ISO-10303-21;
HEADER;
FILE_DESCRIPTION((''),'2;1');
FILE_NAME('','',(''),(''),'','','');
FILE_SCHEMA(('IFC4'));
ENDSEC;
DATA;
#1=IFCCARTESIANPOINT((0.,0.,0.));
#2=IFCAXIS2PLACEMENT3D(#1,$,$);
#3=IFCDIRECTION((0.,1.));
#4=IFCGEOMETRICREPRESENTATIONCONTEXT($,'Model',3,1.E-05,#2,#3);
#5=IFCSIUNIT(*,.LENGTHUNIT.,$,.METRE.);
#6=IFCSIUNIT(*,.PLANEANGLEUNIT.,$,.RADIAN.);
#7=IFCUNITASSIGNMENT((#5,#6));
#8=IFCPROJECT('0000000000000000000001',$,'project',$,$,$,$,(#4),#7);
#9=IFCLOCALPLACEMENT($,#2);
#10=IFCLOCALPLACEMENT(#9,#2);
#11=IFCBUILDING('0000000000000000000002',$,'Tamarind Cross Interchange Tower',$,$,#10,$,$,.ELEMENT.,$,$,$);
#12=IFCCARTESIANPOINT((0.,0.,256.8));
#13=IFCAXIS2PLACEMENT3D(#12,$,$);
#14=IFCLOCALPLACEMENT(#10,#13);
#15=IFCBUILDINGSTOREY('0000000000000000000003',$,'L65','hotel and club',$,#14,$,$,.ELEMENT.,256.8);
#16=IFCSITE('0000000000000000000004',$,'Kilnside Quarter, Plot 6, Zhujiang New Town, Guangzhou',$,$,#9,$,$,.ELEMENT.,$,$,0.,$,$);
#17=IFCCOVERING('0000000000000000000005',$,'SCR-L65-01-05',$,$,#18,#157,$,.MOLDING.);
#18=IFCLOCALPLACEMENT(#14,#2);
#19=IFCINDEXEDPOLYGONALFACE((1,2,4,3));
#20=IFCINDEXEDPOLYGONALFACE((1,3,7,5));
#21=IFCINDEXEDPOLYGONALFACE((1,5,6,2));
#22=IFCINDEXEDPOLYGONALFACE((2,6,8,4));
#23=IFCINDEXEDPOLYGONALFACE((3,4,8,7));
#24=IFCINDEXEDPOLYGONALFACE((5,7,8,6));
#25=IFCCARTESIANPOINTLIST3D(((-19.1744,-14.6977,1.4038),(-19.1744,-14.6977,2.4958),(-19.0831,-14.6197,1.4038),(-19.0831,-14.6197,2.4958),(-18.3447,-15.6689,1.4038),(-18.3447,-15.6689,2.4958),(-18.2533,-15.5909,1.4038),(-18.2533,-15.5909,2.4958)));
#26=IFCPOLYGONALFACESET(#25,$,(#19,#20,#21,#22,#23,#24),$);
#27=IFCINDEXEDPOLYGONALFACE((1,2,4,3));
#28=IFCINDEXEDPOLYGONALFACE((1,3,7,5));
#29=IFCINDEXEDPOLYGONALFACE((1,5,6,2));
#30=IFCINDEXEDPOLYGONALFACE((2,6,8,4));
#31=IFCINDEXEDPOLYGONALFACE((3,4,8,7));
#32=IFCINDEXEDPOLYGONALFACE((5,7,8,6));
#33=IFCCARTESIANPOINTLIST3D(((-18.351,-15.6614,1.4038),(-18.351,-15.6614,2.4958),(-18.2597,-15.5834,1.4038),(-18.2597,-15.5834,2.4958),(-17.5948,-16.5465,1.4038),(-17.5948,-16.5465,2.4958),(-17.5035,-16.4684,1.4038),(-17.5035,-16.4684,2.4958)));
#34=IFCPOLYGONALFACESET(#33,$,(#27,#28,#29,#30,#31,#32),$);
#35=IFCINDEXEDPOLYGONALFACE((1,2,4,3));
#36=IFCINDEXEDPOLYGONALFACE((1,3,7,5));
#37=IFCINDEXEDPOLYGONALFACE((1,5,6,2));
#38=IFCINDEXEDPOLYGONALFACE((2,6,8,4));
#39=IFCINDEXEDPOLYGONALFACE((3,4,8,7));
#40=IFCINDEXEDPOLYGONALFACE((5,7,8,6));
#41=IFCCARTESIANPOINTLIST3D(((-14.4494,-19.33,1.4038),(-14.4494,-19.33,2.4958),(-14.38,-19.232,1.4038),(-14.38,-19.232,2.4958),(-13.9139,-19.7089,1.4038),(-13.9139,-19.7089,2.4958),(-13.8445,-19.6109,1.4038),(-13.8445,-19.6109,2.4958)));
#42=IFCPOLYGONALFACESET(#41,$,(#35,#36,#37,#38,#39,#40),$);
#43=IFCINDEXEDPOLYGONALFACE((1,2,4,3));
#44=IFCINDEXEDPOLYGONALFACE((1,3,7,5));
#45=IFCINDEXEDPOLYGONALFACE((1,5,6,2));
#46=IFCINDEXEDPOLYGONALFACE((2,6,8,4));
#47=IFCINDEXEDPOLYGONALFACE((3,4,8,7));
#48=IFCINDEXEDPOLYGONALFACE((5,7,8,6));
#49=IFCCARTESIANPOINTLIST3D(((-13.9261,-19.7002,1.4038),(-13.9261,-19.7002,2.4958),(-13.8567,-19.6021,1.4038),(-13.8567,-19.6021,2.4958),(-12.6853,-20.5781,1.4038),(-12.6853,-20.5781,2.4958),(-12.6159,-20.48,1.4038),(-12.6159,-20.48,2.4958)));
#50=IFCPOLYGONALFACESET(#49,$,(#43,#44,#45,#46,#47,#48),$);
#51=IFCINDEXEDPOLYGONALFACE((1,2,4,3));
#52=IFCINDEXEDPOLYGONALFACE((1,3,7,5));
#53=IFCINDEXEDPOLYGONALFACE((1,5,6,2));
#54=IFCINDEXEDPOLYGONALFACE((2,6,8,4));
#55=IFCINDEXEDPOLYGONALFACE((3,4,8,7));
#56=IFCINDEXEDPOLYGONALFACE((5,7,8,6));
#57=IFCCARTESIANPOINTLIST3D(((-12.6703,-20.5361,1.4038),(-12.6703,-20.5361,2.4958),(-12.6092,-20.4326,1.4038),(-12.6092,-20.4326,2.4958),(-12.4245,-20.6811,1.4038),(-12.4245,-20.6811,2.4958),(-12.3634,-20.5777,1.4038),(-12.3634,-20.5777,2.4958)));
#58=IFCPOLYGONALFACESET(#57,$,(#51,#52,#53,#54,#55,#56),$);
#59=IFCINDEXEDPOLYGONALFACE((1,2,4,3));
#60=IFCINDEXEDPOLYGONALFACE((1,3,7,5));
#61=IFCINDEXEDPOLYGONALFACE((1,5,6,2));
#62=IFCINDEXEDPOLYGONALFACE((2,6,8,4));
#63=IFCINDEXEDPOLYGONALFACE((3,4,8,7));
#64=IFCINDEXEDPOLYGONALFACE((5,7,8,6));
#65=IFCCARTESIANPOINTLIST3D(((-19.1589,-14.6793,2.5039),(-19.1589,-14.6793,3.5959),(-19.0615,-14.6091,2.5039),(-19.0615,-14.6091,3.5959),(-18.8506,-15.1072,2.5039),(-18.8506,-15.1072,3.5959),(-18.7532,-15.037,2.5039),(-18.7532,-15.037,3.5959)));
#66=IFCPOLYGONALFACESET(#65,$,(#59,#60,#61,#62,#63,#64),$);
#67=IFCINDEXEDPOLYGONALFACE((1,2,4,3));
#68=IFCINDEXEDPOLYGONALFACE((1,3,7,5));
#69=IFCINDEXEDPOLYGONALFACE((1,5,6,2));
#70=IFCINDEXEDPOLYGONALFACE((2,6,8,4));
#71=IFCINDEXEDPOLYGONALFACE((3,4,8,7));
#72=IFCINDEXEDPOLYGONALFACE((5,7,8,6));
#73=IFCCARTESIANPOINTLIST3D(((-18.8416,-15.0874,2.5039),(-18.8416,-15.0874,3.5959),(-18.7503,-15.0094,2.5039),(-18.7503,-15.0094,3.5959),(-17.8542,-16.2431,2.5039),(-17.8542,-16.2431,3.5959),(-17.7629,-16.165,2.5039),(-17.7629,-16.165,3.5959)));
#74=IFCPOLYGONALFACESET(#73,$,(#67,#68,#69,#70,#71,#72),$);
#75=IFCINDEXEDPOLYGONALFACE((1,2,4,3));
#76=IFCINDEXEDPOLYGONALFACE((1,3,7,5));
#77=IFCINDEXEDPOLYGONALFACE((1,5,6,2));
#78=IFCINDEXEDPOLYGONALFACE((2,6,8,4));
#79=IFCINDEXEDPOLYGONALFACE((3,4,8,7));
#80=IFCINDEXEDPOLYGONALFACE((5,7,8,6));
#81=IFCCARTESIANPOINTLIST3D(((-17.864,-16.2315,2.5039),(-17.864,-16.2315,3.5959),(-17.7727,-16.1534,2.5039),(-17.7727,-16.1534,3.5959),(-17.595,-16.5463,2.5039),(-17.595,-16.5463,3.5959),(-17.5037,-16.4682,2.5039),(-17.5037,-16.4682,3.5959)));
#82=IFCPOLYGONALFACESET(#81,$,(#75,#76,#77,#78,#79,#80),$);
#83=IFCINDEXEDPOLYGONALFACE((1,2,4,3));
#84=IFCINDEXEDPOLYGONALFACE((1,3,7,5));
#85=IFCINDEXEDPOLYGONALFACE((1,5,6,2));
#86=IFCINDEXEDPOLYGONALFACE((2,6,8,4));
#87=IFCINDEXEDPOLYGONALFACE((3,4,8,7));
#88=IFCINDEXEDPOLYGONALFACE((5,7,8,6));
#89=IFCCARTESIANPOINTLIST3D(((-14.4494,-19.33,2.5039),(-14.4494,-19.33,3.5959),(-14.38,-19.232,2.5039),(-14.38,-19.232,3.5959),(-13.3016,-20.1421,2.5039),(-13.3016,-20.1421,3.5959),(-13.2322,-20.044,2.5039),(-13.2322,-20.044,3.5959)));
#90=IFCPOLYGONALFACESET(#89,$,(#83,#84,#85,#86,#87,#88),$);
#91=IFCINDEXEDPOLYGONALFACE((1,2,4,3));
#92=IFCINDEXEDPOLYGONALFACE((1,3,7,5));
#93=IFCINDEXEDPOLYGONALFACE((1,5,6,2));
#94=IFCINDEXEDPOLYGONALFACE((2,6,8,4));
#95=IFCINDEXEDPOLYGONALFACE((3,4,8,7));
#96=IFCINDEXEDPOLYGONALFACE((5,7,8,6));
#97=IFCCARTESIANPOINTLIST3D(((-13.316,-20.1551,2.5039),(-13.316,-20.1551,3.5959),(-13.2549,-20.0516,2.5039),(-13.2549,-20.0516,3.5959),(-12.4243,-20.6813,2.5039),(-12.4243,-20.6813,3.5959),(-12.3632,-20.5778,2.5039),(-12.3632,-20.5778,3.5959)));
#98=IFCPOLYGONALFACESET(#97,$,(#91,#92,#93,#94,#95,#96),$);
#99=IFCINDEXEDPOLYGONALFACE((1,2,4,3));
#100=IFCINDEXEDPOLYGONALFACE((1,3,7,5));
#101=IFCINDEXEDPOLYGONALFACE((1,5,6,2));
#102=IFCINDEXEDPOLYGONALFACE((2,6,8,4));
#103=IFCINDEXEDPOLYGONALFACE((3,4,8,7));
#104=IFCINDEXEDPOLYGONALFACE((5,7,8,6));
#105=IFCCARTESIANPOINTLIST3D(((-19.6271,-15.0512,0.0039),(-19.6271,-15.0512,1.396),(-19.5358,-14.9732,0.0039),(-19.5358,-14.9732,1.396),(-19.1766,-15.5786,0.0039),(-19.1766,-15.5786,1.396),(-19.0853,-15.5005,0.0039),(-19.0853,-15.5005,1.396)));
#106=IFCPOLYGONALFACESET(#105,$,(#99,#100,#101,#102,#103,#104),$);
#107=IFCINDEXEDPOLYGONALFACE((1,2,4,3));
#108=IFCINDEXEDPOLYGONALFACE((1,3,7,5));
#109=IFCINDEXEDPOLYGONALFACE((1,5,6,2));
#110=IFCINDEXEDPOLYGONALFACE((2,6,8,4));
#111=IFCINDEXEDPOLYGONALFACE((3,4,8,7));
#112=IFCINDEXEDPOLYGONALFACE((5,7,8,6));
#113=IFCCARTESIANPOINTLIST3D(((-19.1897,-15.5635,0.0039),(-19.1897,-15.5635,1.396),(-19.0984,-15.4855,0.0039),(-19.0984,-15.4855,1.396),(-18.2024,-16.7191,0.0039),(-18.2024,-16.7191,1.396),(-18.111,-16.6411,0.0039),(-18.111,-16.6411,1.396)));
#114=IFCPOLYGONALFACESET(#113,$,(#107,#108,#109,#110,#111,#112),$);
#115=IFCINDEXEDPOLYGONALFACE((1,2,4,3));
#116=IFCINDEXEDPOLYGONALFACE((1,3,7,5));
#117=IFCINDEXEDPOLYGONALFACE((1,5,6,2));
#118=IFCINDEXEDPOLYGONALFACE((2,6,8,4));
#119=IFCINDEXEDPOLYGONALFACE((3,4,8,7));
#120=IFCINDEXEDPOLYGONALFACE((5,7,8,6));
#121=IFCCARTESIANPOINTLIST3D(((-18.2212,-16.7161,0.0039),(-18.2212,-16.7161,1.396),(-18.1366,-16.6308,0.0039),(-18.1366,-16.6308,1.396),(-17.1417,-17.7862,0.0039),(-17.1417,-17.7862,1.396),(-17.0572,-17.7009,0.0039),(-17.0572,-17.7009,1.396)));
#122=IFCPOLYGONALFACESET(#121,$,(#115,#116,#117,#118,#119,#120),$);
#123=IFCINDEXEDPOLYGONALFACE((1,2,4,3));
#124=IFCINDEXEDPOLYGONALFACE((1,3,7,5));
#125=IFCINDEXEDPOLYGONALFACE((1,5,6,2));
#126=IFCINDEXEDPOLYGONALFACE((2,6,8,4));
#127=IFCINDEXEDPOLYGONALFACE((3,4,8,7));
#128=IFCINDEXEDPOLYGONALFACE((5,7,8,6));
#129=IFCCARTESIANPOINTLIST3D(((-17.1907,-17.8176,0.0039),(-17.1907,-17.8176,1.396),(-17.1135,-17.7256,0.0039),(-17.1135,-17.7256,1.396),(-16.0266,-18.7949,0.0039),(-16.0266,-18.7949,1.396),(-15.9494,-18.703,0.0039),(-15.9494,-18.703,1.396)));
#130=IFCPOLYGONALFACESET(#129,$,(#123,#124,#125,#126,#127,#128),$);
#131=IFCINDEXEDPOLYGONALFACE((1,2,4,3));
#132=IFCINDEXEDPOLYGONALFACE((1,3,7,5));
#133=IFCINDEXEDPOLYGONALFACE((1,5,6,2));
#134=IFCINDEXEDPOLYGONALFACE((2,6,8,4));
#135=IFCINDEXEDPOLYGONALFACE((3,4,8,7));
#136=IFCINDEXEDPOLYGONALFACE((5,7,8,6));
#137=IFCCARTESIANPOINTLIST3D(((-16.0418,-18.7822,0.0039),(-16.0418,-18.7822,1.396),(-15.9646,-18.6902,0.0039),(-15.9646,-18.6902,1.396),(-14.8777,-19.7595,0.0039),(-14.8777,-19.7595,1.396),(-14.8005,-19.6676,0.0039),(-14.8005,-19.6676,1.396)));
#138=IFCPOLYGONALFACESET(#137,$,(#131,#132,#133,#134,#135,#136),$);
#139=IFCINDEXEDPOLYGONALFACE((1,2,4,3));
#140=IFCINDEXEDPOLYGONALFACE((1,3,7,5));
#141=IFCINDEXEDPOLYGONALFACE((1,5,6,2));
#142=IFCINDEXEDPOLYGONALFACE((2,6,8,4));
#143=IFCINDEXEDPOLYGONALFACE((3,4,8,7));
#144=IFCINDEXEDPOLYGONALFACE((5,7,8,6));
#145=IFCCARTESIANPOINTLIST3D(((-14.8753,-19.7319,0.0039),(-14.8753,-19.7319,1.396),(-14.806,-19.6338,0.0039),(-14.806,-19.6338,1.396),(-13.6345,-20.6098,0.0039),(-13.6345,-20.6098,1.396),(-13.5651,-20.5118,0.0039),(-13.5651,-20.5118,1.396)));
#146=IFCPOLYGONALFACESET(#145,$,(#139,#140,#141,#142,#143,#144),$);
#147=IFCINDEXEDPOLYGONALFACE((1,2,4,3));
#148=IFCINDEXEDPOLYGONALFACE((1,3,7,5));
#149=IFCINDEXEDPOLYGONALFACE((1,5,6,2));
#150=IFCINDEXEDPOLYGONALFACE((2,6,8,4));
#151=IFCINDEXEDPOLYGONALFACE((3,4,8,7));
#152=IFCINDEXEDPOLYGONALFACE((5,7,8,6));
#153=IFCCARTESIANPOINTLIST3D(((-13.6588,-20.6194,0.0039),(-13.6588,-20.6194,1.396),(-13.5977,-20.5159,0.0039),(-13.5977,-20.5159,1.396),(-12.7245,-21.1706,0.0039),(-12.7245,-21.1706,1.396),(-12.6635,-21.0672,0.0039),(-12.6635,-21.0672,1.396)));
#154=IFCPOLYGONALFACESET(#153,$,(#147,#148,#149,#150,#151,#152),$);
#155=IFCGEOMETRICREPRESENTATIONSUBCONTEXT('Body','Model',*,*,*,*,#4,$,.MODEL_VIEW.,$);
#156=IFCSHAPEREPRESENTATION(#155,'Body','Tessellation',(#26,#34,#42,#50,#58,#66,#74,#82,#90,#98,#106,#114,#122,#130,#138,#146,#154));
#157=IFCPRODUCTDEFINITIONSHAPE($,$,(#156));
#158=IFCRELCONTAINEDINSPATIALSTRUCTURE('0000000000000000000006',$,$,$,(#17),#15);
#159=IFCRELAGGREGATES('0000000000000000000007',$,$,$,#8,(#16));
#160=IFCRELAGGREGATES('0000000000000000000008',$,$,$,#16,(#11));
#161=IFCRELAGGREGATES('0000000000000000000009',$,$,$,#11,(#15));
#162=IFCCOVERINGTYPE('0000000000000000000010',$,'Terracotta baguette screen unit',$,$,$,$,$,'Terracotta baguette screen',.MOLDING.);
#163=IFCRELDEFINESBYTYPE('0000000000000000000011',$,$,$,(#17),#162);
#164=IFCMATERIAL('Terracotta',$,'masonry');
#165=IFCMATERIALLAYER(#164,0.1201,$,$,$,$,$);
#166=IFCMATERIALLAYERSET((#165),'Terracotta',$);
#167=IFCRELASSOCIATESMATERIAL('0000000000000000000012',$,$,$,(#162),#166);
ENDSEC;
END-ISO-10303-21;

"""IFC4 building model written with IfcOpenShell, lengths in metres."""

from ifc_helpers import new_model, si_unit, direction, frame, origin, origin_2d, place, context, subcontext, project, spatial, rectangle, extrude, material, layer, layer_set, type_object, element, save


model = new_model("IFC4")

# Units and contexts
model_context = context("Model", 3, precision=1e-05, world=origin(), true_north=direction((0.0, 1.0)))
body_context = subcontext(model_context, "Body", "Model", "MODEL_VIEW")
ifc_project = project(units=[si_unit("LENGTHUNIT", "METRE"), si_unit("PLANEANGLEUNIT", "RADIAN")], contexts=[model_context])

# Site, building, storey
site_placement = place(None, origin())
site = spatial("IfcSite", under=ifc_project, at=site_placement, Name="Kilnside Quarter, Plot 6, Zhujiang New Town, Guangzhou", CompositionType="ELEMENT", RefElevation=0.0)
building_placement = place(site_placement, origin())
building = spatial("IfcBuilding", under=site, at=building_placement, Name="Tamarind Cross Interchange Tower", CompositionType="ELEMENT")
storey_placement = place(building_placement, frame((0.0, 0.0, 256.8)))
storey = spatial("IfcBuildingStorey", under=building, at=storey_placement, Name="L65", Description="hotel and club", CompositionType="ELEMENT", Elevation=256.8)

# Covering
ifc_material_1 = material(Name="Terracotta", Category="masonry")
ifc_layer_1 = layer(ifc_material_1, 0.1201)
ifc_layer_set_1 = layer_set([ifc_layer_1], Name="Terracotta")
covering_type = type_object("IfcCoveringType", Name="Terracotta baguette screen unit", ElementType="Terracotta baguette screen", PredefinedType="MOLDING", material=ifc_layer_set_1)
covering_1_placement = place(storey_placement, origin())
element("IfcCovering", 1, at=covering_1_placement, inside=storey, type_object=covering_type, Name="SCR-L65-01-05", PredefinedType="MOLDING", context=body_context, shape_type="SweptSolid", body=[
    extrude(rectangle(XDim=1.2773, YDim=0.1201, at=origin_2d()), frame((-18.7139, -15.1443, 1.4038), z_axis=(0.0, 0.0, 1.0), x_axis=(0.649577, -0.760296, 0.0)), (0.0, 0.0, 1.0), 1.092),
    extrude(rectangle(XDim=1.1641, YDim=0.1201, at=origin_2d()), frame((-17.9272, -16.0649, 1.4038), z_axis=(0.0, 0.0, 1.0), x_axis=(0.649577, -0.760296, 0.0)), (0.0, 0.0, 1.0), 1.092),
    extrude(rectangle(XDim=0.656, YDim=0.1201, at=origin_2d()), frame((-14.147, -19.4705, 1.4038), z_axis=(0.0, 0.0, 1.0), x_axis=(0.816342, -0.577569, 0.0)), (0.0, 0.0, 1.0), 1.092),
    extrude(rectangle(XDim=1.52, YDim=0.1201, at=origin_2d()), frame((-13.271, -20.0901, 1.4038), z_axis=(0.0, 0.0, 1.0), x_axis=(0.816342, -0.577569, 0.0)), (0.0, 0.0, 1.0), 1.092),
    extrude(rectangle(XDim=0.2854, YDim=0.1201, at=origin_2d()), frame((-12.5168, -20.5569, 1.4038), z_axis=(0.0, 0.0, 1.0), x_axis=(0.861249, -0.508183, 0.0)), (0.0, 0.0, 1.0), 1.092),
    extrude(rectangle(XDim=0.5273, YDim=0.1201, at=origin_2d()), frame((-18.9561, -14.8582, 2.5039), z_axis=(0.0, 0.0, 1.0), x_axis=(0.584574, -0.81134, 0.0)), (0.0, 0.0, 1.0), 1.092),
    extrude(rectangle(XDim=1.52, YDim=0.1201, at=origin_2d()), frame((-18.3022, -15.6262, 2.5039), z_axis=(0.0, 0.0, 1.0), x_axis=(0.649577, -0.760296, 0.0)), (0.0, 0.0, 1.0), 1.092),
    extrude(rectangle(XDim=0.4141, YDim=0.1201, at=origin_2d()), frame((-17.6838, -16.3499, 2.5039), z_axis=(0.0, 0.0, 1.0), x_axis=(0.649577, -0.760296, 0.0)), (0.0, 0.0, 1.0), 1.092),
    extrude(rectangle(XDim=1.406, YDim=0.1201, at=origin_2d()), frame((-13.8408, -19.687, 2.5039), z_axis=(0.0, 0.0, 1.0), x_axis=(0.816342, -0.577569, 0.0)), (0.0, 0.0, 1.0), 1.092),
    extrude(rectangle(XDim=1.0354, YDim=0.1201, at=origin_2d()), frame((-12.8396, -20.3665, 2.5039), z_axis=(0.0, 0.0, 1.0), x_axis=(0.861249, -0.508183, 0.0)), (0.0, 0.0, 1.0), 1.092),
    extrude(rectangle(XDim=0.6936, YDim=0.1201, at=origin_2d()), frame((-19.3562, -15.2759, 0.0039), z_axis=(0.0, 0.0, 1.0), x_axis=(0.649577, -0.760296, 0.0)), (0.0, 0.0, 1.0), 1.3921),
    extrude(rectangle(XDim=1.52, YDim=0.1201, at=origin_2d()), frame((-18.6504, -16.1023, 0.0039), z_axis=(0.0, 0.0, 1.0), x_axis=(0.649577, -0.760296, 0.0)), (0.0, 0.0, 1.0), 1.3921),
    extrude(rectangle(XDim=1.52, YDim=0.1201, at=origin_2d()), frame((-17.6392, -17.2085, 0.0039), z_axis=(0.0, 0.0, 1.0), x_axis=(0.710143, -0.704057, 0.0)), (0.0, 0.0, 1.0), 1.3921),
    extrude(rectangle(XDim=1.52, YDim=0.1201, at=origin_2d()), frame((-16.5701, -18.2603, 0.0039), z_axis=(0.0, 0.0, 1.0), x_axis=(0.765858, -0.643009, 0.0)), (0.0, 0.0, 1.0), 1.3921),
    extrude(rectangle(XDim=1.52, YDim=0.1201, at=origin_2d()), frame((-15.4211, -19.2249, 0.0039), z_axis=(0.0, 0.0, 1.0), x_axis=(0.765858, -0.643009, 0.0)), (0.0, 0.0, 1.0), 1.3921),
    extrude(rectangle(XDim=1.52, YDim=0.1201, at=origin_2d()), frame((-14.2202, -20.1218, 0.0039), z_axis=(0.0, 0.0, 1.0), x_axis=(0.816342, -0.577569, 0.0)), (0.0, 0.0, 1.0), 1.3921),
    extrude(rectangle(XDim=1.0847, YDim=0.1201, at=origin_2d()), frame((-13.1611, -20.8433, 0.0039), z_axis=(0.0, 0.0, 1.0), x_axis=(0.861249, -0.508183, 0.0)), (0.0, 0.0, 1.0), 1.3921),
])

save(model, "model.ifc")
